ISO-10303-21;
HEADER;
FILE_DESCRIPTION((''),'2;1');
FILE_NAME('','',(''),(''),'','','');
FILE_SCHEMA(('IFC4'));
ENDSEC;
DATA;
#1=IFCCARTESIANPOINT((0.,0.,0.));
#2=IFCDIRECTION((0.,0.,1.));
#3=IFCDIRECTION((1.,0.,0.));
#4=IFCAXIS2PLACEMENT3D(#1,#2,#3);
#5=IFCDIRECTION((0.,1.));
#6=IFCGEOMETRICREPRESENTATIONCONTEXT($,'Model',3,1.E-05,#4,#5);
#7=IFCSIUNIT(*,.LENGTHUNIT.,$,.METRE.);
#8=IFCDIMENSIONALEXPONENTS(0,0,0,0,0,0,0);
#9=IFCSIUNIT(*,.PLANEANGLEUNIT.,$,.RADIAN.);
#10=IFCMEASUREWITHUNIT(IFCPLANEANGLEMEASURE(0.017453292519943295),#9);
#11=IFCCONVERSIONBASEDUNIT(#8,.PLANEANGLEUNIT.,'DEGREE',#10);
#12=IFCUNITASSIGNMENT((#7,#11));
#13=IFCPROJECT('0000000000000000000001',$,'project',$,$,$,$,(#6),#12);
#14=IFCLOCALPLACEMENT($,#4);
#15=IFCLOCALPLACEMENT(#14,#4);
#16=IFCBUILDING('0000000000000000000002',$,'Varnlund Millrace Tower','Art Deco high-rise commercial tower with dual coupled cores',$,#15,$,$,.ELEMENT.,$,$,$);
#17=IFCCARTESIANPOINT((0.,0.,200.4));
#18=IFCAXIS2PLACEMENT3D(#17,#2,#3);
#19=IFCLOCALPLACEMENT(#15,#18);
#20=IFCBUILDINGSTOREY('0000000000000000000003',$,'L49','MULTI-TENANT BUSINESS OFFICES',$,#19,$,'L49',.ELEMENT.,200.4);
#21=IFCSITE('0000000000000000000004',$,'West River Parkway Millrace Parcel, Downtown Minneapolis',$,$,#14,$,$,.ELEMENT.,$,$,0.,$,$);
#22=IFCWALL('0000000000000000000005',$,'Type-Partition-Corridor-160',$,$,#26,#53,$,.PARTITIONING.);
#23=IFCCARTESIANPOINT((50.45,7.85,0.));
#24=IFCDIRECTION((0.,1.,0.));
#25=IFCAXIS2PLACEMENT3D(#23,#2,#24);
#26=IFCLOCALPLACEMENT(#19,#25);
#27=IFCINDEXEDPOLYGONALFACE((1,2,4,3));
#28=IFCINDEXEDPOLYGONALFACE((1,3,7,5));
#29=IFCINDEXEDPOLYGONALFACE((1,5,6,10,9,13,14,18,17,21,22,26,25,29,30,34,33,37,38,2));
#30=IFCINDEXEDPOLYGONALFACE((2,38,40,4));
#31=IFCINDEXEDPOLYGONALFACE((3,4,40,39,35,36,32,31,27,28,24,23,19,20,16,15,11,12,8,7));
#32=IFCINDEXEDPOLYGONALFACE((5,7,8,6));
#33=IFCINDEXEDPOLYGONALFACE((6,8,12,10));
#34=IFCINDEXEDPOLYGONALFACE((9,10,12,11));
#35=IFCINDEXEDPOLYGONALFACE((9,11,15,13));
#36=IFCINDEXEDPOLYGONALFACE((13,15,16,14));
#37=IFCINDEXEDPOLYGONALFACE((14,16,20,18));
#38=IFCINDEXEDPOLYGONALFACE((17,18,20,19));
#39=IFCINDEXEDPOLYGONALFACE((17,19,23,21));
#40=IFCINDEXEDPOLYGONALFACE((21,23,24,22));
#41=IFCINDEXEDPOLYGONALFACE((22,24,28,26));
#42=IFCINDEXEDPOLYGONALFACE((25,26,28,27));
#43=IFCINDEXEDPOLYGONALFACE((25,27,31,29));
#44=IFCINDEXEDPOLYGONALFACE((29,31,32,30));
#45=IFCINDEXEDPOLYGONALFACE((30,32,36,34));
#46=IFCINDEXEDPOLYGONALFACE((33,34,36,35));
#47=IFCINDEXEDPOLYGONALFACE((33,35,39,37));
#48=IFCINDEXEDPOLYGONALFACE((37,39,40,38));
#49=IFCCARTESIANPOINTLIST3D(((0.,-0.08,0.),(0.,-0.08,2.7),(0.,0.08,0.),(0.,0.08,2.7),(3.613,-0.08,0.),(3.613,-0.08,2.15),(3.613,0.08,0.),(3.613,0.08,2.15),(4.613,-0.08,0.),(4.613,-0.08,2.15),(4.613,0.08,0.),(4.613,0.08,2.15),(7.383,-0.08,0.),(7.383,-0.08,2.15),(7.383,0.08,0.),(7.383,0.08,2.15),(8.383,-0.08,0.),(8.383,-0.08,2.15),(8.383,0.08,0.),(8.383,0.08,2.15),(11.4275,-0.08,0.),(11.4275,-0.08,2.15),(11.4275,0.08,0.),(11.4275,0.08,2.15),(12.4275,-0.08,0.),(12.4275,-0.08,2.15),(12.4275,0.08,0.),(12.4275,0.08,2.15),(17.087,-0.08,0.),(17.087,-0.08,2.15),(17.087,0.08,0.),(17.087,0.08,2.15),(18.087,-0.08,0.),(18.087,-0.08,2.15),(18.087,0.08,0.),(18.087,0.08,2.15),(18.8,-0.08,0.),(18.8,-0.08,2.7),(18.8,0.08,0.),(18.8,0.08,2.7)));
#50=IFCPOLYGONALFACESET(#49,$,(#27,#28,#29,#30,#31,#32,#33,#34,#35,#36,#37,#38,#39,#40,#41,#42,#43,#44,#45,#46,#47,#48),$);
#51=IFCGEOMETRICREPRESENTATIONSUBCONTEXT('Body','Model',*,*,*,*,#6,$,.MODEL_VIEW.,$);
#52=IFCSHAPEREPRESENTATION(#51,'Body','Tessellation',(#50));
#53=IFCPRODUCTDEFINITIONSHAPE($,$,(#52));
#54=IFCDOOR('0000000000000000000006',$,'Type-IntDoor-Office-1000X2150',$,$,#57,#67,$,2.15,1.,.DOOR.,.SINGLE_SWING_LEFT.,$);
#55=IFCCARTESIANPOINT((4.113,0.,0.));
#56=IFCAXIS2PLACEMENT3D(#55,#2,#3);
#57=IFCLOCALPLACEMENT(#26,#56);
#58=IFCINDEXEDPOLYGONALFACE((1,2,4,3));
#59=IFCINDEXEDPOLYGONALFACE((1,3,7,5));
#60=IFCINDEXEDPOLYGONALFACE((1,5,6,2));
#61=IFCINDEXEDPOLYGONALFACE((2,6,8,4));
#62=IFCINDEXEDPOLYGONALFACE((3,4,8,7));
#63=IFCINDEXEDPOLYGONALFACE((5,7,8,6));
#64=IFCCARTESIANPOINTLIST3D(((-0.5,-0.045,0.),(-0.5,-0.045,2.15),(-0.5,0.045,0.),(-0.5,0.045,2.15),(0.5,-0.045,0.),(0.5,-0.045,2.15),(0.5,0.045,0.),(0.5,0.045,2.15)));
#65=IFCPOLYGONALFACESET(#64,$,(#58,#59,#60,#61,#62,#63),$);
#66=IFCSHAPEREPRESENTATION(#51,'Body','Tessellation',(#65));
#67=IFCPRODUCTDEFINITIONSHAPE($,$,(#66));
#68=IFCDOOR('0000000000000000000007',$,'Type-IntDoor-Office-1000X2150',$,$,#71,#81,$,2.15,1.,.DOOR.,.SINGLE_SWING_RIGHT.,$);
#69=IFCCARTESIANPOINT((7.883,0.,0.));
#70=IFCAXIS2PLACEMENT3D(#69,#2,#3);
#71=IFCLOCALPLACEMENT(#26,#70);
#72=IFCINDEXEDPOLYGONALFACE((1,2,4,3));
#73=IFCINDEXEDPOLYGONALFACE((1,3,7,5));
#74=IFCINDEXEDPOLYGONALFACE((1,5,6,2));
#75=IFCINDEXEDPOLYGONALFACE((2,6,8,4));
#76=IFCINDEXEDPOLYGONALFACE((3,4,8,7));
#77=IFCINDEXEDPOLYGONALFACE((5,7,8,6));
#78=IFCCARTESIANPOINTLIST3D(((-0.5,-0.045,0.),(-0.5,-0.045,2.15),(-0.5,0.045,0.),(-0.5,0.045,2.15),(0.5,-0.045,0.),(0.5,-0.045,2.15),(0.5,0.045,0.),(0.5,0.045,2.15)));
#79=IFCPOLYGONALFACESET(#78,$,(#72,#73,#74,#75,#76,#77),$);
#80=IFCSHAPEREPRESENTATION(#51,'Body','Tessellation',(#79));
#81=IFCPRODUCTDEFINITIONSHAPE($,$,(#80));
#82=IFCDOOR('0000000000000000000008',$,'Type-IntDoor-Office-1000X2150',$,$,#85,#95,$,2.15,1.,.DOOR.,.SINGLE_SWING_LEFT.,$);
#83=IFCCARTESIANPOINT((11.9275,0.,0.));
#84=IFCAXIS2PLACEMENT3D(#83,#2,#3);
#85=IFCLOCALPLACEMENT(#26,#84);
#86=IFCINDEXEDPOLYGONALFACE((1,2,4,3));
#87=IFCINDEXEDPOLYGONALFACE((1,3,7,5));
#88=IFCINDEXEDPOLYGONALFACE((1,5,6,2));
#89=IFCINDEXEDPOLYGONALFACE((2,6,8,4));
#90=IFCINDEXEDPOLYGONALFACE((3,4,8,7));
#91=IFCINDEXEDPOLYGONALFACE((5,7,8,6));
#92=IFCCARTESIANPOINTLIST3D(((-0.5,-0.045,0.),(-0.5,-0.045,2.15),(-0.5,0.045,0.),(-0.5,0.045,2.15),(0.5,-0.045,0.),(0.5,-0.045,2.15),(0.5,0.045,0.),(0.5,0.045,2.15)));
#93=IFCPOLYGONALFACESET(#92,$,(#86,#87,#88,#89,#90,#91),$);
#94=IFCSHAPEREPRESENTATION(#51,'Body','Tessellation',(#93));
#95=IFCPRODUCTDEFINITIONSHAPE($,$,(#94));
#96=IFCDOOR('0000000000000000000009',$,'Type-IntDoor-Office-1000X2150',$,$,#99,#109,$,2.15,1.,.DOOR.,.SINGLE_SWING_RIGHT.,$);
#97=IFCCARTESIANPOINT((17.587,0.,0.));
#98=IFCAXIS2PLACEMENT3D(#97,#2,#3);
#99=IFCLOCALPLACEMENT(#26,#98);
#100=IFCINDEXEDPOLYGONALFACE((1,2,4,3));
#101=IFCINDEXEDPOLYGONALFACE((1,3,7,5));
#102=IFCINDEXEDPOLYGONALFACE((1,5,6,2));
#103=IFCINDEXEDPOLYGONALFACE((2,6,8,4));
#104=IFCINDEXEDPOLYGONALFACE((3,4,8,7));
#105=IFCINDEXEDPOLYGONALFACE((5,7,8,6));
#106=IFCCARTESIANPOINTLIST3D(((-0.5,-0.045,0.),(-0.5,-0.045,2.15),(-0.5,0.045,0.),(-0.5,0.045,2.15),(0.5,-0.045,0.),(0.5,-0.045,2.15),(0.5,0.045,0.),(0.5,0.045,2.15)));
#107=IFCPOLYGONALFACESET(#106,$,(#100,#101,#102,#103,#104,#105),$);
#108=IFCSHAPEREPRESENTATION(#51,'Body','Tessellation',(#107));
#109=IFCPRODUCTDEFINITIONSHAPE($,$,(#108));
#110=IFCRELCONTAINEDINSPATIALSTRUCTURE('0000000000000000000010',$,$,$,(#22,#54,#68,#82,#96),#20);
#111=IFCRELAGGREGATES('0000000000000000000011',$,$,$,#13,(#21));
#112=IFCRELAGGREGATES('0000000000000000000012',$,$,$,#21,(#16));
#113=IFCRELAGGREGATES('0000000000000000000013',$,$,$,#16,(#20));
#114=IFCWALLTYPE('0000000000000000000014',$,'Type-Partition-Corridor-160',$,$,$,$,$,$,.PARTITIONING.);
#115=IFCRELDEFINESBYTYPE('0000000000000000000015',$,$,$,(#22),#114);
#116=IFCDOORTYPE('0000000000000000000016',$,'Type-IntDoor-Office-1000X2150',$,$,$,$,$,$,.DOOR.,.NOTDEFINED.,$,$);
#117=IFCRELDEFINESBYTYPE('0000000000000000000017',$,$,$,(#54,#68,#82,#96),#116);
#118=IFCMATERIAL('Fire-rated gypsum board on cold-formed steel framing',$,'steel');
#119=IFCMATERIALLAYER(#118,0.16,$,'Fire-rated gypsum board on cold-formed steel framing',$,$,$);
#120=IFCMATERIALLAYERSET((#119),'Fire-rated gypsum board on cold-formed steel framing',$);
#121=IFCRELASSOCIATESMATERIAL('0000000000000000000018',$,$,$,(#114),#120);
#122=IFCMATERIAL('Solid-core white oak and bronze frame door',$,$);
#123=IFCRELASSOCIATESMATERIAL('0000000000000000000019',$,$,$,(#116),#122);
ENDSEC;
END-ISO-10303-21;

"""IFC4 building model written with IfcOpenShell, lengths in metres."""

from ifc_helpers import new_model, entity, si_unit, converted_unit, direction, frame, origin_with_axes, origin_2d_with_axis, place, context, subcontext, project, spatial, polyline, rectangle, outline, extrude, material, layer, layer_set, type_object, element, fill, save


model = new_model("IFC4")

# Units and contexts
model_context = context("Model", 3, precision=1e-05, world=origin_with_axes(), true_north=direction((0.0, 1.0)))
body_context = subcontext(model_context, "Body", "Model", "MODEL_VIEW")
ifc_project = project(units=[si_unit("LENGTHUNIT", "METRE"), converted_unit("PLANEANGLEUNIT", "DEGREE", entity("IfcPlaneAngleMeasure", 0.017453292519943295), si_unit("PLANEANGLEUNIT", "RADIAN"), dimensions=[0, 0, 0, 0, 0, 0, 0])], contexts=[model_context])

# Site, building, storey
site_placement = place(None, origin_with_axes())
site = spatial("IfcSite", under=ifc_project, at=site_placement, Name="West River Parkway Millrace Parcel, Downtown Minneapolis", CompositionType="ELEMENT", RefElevation=0.0)
building_placement = place(site_placement, origin_with_axes())
building = spatial("IfcBuilding", under=site, at=building_placement, Name="Varnlund Millrace Tower", Description="Art Deco high-rise commercial tower with dual coupled cores", CompositionType="ELEMENT")
storey_placement = place(building_placement, frame((0.0, 0.0, 200.4), z_axis=(0.0, 0.0, 1.0), x_axis=(1.0, 0.0, 0.0)))
storey = spatial("IfcBuildingStorey", under=building, at=storey_placement, Name="L49", Description="MULTI-TENANT BUSINESS OFFICES", LongName="L49", CompositionType="ELEMENT", Elevation=200.4)

# Wall, openings, doors
ifc_material_1 = material(Name="Fire-rated gypsum board on cold-formed steel framing", Category="steel")
ifc_layer = layer(ifc_material_1, 0.16, Name="Fire-rated gypsum board on cold-formed steel framing")
ifc_layer_set = layer_set([ifc_layer], Name="Fire-rated gypsum board on cold-formed steel framing")
wall_type = type_object("IfcWallType", Name="Type-Partition-Corridor-160", PredefinedType="PARTITIONING", material=ifc_layer_set)
wall_placement = place(storey_placement, frame((50.45, 7.85, 0.0), z_axis=(0.0, 0.0, 1.0), x_axis=(0.0, 1.0, 0.0)))
wall = element("IfcWall", 1, at=wall_placement, inside=storey, type_object=wall_type, Name="Type-Partition-Corridor-160", PredefinedType="PARTITIONING", context=body_context, shape_type="SweptSolid", body=[
    extrude(outline(polyline([(0.0, -0.08), (18.8, -0.08), (18.8, 0.08), (0.0, 0.08), (0.0, -0.08)])), origin_with_axes(), (0.0, 0.0, 1.0), 2.7),
])
opening_1_placement = place(wall_placement, frame((4.113, 0.0, 0.0), z_axis=(0.0, 0.0, 1.0), x_axis=(1.0, 0.0, 0.0)))
opening_1 = element("IfcOpeningElement", 2, at=opening_1_placement, cuts=wall, PredefinedType="OPENING", context=body_context, shape_type="SweptSolid", body=[
    extrude(rectangle(XDim=1.0, YDim=0.18, at=origin_2d_with_axis()), origin_with_axes(), (0.0, 0.0, 1.0), 2.15),
])
opening_2_placement = place(wall_placement, frame((7.883, 0.0, 0.0), z_axis=(0.0, 0.0, 1.0), x_axis=(1.0, 0.0, 0.0)))
opening_2 = element("IfcOpeningElement", 3, at=opening_2_placement, cuts=wall, PredefinedType="OPENING", context=body_context, shape_type="SweptSolid", body=[
    extrude(rectangle(XDim=1.0, YDim=0.18, at=origin_2d_with_axis()), origin_with_axes(), (0.0, 0.0, 1.0), 2.15),
])
opening_3_placement = place(wall_placement, frame((11.9275, 0.0, 0.0), z_axis=(0.0, 0.0, 1.0), x_axis=(1.0, 0.0, 0.0)))
opening_3 = element("IfcOpeningElement", 4, at=opening_3_placement, cuts=wall, PredefinedType="OPENING", context=body_context, shape_type="SweptSolid", body=[
    extrude(rectangle(XDim=1.0, YDim=0.18, at=origin_2d_with_axis()), origin_with_axes(), (0.0, 0.0, 1.0), 2.15),
])
opening_4_placement = place(wall_placement, frame((17.587, 0.0, 0.0), z_axis=(0.0, 0.0, 1.0), x_axis=(1.0, 0.0, 0.0)))
opening_4 = element("IfcOpeningElement", 5, at=opening_4_placement, cuts=wall, PredefinedType="OPENING", context=body_context, shape_type="SweptSolid", body=[
    extrude(rectangle(XDim=1.0, YDim=0.18, at=origin_2d_with_axis()), origin_with_axes(), (0.0, 0.0, 1.0), 2.15),
])
ifc_material_2 = material(Name="Solid-core white oak and bronze frame door")
door_type = type_object("IfcDoorType", Name="Type-IntDoor-Office-1000X2150", OperationType="NOTDEFINED", PredefinedType="DOOR", material=ifc_material_2)
door_1_placement = place(wall_placement, frame((4.113, 0.0, 0.0), z_axis=(0.0, 0.0, 1.0), x_axis=(1.0, 0.0, 0.0)))
door_1 = element("IfcDoor", 6, at=door_1_placement, inside=storey, type_object=door_type, Name="Type-IntDoor-Office-1000X2150", OperationType="SINGLE_SWING_LEFT", OverallHeight=2.15, OverallWidth=1.0, PredefinedType="DOOR", context=body_context, shape_type="SweptSolid", body=[
    extrude(rectangle(XDim=1.0, YDim=0.09, at=origin_2d_with_axis()), origin_with_axes(), (0.0, 0.0, 1.0), 2.15),
])
fill(opening_1, door_1)
door_2_placement = place(wall_placement, frame((7.883, 0.0, 0.0), z_axis=(0.0, 0.0, 1.0), x_axis=(1.0, 0.0, 0.0)))
door_2 = element("IfcDoor", 7, at=door_2_placement, inside=storey, type_object=door_type, Name="Type-IntDoor-Office-1000X2150", OperationType="SINGLE_SWING_RIGHT", OverallHeight=2.15, OverallWidth=1.0, PredefinedType="DOOR", context=body_context, shape_type="SweptSolid", body=[
    extrude(rectangle(XDim=1.0, YDim=0.09, at=origin_2d_with_axis()), origin_with_axes(), (0.0, 0.0, 1.0), 2.15),
])
fill(opening_2, door_2)
door_3_placement = place(wall_placement, frame((11.9275, 0.0, 0.0), z_axis=(0.0, 0.0, 1.0), x_axis=(1.0, 0.0, 0.0)))
door_3 = element("IfcDoor", 8, at=door_3_placement, inside=storey, type_object=door_type, Name="Type-IntDoor-Office-1000X2150", OperationType="SINGLE_SWING_LEFT", OverallHeight=2.15, OverallWidth=1.0, PredefinedType="DOOR", context=body_context, shape_type="SweptSolid", body=[
    extrude(rectangle(XDim=1.0, YDim=0.09, at=origin_2d_with_axis()), origin_with_axes(), (0.0, 0.0, 1.0), 2.15),
])
fill(opening_3, door_3)
door_4_placement = place(wall_placement, frame((17.587, 0.0, 0.0), z_axis=(0.0, 0.0, 1.0), x_axis=(1.0, 0.0, 0.0)))
door_4 = element("IfcDoor", 9, at=door_4_placement, inside=storey, type_object=door_type, Name="Type-IntDoor-Office-1000X2150", OperationType="SINGLE_SWING_RIGHT", OverallHeight=2.15, OverallWidth=1.0, PredefinedType="DOOR", context=body_context, shape_type="SweptSolid", body=[
    extrude(rectangle(XDim=1.0, YDim=0.09, at=origin_2d_with_axis()), origin_with_axes(), (0.0, 0.0, 1.0), 2.15),
])
fill(opening_4, door_4)

save(model, "model.ifc")
